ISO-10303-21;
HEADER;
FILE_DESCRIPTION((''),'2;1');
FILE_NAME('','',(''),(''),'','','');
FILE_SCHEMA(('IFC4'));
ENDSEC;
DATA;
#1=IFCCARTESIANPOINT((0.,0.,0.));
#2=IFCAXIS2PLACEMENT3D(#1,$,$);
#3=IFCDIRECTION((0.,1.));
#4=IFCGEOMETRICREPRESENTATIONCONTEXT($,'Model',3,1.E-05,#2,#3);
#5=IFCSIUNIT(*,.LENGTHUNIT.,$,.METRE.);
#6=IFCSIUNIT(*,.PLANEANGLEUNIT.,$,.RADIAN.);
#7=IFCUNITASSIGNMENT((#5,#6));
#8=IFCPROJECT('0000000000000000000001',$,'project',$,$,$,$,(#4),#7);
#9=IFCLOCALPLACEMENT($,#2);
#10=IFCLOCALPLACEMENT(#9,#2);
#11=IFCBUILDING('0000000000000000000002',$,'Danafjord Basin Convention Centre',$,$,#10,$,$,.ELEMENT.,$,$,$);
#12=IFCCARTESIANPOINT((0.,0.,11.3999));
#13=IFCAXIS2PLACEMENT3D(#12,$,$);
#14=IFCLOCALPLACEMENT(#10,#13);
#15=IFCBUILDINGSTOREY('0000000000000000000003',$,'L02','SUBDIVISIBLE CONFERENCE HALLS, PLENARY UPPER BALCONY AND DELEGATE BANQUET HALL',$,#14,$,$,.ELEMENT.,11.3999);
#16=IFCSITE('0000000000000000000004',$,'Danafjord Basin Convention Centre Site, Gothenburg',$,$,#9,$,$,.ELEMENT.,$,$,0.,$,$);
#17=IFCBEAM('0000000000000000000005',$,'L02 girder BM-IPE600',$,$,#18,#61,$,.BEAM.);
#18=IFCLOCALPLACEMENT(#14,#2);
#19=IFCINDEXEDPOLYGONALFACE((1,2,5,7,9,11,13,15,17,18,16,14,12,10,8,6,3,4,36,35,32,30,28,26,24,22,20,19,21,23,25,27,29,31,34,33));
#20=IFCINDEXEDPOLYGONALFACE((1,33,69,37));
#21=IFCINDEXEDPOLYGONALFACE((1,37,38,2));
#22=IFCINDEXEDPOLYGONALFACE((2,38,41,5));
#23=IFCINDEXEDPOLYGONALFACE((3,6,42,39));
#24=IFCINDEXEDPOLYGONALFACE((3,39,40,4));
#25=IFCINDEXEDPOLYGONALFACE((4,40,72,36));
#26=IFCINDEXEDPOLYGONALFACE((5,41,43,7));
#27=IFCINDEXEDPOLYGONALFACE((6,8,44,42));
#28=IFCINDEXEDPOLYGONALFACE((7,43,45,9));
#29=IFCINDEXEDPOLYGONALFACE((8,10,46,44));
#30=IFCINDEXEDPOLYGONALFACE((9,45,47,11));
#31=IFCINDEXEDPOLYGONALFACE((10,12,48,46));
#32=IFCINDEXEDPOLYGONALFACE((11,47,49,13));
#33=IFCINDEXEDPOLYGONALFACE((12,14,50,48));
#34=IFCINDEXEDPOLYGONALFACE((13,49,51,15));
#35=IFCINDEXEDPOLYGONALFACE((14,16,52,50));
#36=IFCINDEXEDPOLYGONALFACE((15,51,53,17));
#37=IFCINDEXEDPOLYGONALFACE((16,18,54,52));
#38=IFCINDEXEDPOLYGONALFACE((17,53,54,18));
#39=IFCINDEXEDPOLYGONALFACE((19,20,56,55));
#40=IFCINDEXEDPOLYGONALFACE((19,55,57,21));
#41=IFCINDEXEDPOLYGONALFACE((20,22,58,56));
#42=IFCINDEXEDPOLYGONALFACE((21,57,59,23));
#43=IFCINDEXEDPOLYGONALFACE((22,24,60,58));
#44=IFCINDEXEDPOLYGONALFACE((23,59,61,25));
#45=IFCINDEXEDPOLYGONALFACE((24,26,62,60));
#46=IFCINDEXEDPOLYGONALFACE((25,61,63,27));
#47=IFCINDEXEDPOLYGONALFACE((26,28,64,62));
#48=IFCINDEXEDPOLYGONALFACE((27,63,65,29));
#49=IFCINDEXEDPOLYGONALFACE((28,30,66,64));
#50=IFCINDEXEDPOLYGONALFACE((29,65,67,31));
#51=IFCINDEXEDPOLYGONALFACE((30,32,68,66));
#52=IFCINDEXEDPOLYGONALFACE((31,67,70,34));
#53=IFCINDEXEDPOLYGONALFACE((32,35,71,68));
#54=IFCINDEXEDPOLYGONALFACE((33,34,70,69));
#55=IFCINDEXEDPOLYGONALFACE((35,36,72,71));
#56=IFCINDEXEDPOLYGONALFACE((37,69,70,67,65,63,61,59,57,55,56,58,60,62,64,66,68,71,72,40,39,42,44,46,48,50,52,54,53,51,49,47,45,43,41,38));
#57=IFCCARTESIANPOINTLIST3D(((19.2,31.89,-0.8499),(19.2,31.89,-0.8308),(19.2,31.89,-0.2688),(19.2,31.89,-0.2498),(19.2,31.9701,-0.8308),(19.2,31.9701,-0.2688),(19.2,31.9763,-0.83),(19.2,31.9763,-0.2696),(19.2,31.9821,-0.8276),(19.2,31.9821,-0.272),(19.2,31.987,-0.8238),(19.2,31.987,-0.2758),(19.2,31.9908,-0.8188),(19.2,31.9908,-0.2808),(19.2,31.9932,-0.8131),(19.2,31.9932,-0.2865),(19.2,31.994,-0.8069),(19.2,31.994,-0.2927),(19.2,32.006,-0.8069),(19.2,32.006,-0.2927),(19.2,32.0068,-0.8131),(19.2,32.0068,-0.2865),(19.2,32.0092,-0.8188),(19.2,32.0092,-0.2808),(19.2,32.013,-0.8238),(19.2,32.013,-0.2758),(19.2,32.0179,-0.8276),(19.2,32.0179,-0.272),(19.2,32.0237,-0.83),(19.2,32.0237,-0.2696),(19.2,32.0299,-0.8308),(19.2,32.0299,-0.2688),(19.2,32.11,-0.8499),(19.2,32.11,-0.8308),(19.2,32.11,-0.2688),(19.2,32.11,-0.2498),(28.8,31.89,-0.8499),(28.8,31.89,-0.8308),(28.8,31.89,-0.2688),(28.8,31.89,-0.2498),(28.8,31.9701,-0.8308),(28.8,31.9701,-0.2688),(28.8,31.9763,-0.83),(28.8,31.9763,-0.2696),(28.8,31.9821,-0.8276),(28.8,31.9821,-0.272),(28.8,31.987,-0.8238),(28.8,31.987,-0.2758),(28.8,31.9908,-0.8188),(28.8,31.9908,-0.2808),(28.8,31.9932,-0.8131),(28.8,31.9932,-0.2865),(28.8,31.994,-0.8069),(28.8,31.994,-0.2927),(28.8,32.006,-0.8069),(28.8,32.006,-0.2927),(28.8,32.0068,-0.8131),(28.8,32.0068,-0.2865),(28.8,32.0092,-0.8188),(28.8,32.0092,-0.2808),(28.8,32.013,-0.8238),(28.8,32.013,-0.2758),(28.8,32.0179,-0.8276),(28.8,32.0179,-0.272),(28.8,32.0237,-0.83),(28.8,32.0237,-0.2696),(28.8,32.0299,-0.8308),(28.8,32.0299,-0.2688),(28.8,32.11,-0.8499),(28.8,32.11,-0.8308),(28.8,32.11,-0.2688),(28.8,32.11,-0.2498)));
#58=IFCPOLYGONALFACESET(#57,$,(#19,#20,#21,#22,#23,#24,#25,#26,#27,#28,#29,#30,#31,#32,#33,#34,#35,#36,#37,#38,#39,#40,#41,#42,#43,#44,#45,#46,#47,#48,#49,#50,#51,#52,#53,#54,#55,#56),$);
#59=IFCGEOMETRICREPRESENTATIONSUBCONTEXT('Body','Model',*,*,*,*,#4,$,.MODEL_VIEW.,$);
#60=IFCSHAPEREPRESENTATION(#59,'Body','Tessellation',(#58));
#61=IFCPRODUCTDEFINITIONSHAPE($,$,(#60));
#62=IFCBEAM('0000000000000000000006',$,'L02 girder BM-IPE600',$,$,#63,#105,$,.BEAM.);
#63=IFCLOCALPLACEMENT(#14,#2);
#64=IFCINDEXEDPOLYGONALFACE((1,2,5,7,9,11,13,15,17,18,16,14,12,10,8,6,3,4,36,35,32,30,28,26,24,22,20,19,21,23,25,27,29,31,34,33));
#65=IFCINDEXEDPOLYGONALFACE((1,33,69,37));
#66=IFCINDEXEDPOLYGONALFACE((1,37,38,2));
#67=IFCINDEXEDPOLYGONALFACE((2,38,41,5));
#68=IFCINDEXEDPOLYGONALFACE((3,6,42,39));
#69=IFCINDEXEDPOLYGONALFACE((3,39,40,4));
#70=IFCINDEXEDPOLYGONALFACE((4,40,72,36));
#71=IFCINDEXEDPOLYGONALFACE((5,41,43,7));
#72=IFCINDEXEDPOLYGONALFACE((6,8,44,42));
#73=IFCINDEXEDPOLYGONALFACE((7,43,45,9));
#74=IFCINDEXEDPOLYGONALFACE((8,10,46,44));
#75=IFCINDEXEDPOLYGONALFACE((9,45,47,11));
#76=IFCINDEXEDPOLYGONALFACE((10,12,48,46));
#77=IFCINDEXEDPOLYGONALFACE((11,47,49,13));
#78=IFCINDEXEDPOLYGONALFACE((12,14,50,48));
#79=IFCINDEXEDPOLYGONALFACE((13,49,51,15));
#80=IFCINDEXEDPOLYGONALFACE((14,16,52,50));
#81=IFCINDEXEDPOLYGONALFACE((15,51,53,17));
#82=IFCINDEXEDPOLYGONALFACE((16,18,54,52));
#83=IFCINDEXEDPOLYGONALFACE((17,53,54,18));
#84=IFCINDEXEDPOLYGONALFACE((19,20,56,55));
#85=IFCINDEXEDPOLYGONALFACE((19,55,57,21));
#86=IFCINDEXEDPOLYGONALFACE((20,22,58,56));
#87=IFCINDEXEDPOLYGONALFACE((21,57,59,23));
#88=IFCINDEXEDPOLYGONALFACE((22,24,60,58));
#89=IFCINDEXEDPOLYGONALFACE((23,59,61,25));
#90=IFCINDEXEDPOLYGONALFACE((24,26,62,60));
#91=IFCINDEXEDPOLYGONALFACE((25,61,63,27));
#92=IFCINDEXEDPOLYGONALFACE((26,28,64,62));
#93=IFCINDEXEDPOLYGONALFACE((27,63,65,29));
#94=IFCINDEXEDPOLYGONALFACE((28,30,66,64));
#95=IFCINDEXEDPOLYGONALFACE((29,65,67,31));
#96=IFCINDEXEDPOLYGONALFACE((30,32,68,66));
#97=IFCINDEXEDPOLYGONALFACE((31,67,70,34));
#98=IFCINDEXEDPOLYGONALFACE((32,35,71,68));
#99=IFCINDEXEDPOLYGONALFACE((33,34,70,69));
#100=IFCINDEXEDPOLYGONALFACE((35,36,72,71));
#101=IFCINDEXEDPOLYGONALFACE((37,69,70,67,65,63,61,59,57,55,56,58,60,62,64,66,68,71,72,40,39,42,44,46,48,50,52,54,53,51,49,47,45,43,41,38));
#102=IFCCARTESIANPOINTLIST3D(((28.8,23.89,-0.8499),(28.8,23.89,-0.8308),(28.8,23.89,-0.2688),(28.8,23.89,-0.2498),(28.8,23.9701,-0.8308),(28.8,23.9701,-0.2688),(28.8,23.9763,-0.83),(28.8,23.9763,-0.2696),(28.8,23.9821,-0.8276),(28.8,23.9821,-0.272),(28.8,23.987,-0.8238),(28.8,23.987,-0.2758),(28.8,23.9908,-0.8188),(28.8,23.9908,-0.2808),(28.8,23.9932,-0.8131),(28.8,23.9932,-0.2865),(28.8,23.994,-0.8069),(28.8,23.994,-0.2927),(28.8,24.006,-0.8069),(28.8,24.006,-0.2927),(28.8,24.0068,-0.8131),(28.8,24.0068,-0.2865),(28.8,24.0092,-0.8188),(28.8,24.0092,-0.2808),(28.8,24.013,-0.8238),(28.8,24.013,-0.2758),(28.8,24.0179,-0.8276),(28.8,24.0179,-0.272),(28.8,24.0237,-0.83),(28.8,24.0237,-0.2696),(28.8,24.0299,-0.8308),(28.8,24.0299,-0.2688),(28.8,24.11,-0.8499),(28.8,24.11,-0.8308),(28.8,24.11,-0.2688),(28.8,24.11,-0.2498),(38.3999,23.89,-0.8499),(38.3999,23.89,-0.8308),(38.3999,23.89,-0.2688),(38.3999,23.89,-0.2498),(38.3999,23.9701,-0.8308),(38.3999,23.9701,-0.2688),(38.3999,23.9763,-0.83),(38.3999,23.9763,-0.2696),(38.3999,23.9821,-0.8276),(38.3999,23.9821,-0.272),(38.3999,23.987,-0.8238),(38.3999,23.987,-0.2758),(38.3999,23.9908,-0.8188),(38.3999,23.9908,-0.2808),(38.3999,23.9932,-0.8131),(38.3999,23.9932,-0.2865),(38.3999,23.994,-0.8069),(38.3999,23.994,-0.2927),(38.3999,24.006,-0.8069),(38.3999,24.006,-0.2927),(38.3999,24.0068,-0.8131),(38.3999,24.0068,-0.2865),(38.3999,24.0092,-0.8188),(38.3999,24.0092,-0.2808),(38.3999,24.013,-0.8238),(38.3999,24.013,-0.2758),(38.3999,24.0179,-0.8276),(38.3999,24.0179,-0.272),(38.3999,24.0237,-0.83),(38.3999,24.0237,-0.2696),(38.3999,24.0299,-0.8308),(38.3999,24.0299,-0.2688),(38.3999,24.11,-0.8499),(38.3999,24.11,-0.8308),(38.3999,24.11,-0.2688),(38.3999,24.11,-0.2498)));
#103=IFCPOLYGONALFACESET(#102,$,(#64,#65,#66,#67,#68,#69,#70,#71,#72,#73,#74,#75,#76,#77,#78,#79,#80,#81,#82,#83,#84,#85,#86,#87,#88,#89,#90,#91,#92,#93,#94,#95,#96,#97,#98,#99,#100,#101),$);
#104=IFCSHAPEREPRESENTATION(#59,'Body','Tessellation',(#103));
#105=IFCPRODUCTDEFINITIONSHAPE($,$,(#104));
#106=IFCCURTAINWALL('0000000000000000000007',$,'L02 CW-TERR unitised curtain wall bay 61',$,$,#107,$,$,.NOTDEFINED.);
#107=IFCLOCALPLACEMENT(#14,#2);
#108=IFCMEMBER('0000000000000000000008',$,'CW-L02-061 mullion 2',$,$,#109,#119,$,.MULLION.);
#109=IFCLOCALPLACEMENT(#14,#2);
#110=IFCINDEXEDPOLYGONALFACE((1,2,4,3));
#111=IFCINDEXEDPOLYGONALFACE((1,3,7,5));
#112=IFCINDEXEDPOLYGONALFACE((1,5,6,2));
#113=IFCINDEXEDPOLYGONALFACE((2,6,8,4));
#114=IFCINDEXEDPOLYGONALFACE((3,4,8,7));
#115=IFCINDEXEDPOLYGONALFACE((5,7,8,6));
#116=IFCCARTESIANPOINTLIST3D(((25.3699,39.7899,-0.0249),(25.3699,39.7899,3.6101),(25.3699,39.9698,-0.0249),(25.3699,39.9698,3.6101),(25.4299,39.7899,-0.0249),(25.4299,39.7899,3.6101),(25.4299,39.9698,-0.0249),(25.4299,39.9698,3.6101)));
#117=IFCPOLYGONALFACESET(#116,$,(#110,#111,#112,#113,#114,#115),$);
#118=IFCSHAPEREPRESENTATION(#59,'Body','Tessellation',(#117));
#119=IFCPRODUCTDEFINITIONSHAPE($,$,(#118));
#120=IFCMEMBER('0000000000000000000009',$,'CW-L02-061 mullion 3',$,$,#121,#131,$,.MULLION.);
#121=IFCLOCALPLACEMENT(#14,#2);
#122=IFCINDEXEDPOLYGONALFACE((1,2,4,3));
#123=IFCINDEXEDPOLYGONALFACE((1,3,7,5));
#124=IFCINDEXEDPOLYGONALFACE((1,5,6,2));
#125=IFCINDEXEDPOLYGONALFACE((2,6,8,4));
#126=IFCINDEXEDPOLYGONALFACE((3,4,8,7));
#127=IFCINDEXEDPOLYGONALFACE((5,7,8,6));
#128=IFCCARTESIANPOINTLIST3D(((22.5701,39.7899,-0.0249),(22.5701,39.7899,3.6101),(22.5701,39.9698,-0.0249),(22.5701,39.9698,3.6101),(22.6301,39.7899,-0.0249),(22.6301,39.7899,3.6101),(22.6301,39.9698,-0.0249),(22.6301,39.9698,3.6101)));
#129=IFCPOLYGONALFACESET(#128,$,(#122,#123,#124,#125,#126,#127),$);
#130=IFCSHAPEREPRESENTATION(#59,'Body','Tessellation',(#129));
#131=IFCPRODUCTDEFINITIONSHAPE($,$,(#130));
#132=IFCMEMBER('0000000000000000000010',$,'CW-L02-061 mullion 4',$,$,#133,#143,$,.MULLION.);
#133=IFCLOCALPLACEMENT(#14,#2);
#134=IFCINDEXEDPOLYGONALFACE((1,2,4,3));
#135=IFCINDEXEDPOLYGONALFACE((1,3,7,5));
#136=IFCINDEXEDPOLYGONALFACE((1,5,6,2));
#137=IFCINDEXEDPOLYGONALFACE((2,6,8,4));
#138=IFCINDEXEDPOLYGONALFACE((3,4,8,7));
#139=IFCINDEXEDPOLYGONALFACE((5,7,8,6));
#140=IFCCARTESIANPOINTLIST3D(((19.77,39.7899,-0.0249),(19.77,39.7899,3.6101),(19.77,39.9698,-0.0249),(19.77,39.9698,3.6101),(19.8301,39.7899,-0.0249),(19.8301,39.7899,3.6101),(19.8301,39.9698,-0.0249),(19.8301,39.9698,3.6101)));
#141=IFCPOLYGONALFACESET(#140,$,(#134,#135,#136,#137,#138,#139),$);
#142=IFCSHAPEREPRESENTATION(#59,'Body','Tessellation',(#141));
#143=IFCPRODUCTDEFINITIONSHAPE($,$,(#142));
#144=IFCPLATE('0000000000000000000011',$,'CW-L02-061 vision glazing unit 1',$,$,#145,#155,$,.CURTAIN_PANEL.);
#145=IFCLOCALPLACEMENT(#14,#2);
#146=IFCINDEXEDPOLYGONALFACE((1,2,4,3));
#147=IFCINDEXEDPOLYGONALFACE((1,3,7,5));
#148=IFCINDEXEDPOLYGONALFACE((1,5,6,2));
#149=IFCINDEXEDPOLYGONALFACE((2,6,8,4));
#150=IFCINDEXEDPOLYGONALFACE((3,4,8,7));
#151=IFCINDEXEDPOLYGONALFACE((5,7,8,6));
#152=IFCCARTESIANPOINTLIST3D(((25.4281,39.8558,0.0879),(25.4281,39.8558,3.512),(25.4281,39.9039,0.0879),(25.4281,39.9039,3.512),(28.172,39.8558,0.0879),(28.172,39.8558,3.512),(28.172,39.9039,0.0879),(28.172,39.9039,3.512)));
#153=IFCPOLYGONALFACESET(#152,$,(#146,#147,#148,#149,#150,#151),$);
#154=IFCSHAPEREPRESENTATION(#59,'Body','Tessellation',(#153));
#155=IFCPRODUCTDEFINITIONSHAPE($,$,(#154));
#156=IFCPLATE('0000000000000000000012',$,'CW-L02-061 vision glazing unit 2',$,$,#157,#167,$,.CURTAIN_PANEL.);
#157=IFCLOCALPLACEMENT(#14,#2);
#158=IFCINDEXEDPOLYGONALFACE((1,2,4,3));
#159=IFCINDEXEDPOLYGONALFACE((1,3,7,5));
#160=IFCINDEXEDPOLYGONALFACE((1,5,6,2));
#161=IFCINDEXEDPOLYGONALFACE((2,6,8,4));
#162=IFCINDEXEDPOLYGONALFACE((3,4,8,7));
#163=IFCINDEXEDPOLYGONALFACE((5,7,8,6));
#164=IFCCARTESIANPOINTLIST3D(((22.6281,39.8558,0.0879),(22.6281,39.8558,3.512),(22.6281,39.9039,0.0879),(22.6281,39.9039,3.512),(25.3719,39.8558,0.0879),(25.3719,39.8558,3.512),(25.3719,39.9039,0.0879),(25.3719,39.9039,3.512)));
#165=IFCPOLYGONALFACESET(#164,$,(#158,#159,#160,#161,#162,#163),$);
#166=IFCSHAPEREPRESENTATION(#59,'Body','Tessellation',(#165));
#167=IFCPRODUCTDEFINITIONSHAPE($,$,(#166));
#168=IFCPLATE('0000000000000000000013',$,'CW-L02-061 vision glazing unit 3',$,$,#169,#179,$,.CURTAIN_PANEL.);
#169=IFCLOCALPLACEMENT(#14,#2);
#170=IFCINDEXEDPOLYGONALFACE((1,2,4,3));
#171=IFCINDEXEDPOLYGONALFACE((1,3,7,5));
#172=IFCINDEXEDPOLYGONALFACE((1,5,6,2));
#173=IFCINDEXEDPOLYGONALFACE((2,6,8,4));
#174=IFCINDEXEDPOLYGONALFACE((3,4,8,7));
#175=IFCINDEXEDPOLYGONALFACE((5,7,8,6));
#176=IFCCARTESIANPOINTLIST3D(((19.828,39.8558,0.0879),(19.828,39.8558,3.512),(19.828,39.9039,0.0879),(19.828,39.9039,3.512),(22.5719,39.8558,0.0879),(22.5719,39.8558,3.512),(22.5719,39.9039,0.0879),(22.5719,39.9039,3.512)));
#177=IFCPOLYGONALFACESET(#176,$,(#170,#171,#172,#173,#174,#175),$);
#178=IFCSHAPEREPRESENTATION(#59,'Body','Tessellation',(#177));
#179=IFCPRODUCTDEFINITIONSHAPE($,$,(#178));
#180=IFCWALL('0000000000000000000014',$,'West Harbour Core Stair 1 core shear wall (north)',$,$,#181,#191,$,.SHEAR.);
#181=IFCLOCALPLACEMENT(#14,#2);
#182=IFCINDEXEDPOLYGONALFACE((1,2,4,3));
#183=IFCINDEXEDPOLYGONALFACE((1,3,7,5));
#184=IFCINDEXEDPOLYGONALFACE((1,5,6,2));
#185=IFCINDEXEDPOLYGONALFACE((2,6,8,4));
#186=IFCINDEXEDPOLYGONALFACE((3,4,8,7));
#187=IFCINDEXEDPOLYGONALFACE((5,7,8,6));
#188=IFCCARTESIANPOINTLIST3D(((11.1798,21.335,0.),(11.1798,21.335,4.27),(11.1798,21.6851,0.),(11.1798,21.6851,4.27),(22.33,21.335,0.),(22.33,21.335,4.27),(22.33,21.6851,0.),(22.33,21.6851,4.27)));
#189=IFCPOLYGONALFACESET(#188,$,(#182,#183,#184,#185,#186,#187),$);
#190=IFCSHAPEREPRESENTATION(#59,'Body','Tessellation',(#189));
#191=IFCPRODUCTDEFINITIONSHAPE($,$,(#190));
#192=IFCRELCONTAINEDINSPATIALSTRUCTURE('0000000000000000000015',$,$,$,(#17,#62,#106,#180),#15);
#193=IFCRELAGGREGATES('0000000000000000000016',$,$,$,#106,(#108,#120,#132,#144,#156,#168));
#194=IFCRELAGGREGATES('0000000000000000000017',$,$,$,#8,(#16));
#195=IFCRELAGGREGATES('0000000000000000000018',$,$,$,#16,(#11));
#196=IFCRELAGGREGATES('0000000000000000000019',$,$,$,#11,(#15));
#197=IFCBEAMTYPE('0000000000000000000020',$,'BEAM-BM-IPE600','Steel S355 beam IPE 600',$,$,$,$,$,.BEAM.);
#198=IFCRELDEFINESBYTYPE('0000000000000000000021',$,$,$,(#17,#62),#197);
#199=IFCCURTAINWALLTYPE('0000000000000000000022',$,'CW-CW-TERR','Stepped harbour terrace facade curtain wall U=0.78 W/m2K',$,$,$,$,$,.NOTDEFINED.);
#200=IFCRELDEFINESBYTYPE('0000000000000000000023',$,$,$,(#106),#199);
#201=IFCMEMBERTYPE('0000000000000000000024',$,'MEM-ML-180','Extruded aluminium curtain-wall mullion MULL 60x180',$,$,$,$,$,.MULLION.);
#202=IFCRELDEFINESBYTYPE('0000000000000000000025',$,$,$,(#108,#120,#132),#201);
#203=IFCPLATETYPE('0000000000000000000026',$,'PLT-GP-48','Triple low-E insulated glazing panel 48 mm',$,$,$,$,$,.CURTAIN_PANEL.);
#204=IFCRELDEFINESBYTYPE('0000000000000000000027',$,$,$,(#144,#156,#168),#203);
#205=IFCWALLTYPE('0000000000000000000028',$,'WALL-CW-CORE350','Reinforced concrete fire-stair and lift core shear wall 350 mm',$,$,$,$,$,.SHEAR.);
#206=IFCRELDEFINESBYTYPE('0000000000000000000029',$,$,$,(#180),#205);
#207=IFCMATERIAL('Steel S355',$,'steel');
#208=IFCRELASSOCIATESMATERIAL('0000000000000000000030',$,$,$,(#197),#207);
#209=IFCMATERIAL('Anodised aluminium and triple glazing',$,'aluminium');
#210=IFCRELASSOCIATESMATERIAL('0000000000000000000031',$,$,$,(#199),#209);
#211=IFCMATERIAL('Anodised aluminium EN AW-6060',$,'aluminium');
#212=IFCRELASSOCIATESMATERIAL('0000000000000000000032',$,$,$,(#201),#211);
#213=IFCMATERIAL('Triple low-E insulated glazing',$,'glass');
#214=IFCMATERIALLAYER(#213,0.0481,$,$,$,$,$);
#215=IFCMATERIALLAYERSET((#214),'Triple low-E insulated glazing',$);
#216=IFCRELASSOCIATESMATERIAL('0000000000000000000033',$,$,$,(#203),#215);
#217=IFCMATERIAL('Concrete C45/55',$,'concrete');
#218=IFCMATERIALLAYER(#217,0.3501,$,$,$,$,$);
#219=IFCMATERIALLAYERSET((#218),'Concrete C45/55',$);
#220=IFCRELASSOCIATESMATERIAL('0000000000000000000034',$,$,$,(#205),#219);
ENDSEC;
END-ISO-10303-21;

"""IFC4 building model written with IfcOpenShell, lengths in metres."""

from ifc_helpers import new_model, si_unit, direction, frame, frame_2d, origin, origin_2d, place, context, subcontext, project, spatial, rectangle, i_section, extrude, material, layer, layer_set, material_profile, profile_set, type_object, element, aggregate, save


model = new_model("IFC4")

# Units and contexts
model_context = context("Model", 3, precision=1e-05, world=origin(), true_north=direction((0.0, 1.0)))
body_context = subcontext(model_context, "Body", "Model", "MODEL_VIEW")
ifc_project = project(units=[si_unit("LENGTHUNIT", "METRE"), si_unit("PLANEANGLEUNIT", "RADIAN")], contexts=[model_context])

# Site, building, storey
site_placement = place(None, origin())
site = spatial("IfcSite", under=ifc_project, at=site_placement, Name="Danafjord Basin Convention Centre Site, Gothenburg", CompositionType="ELEMENT", RefElevation=0.0)
building_placement = place(site_placement, origin())
building = spatial("IfcBuilding", under=site, at=building_placement, Name="Danafjord Basin Convention Centre", CompositionType="ELEMENT")
storey_placement = place(building_placement, frame((0.0, 0.0, 11.3999)))
storey = spatial("IfcBuildingStorey", under=building, at=storey_placement, Name="L02", Description="SUBDIVISIBLE CONFERENCE HALLS, PLENARY UPPER BALCONY AND DELEGATE BANQUET HALL", CompositionType="ELEMENT", Elevation=11.3999)

# Shared definitions
ifc_material_1 = material(Name="Steel S355", Category="steel")

# Beams
ifc_material_profile_1 = material_profile(ifc_material_1, i_section(OverallWidth=0.22, OverallDepth=0.6001, WebThickness=0.012, FlangeThickness=0.019, FilletRadius=0.0239, at=origin_2d()), Name="IPE 600")
ifc_profile_set_1 = profile_set([ifc_material_profile_1], Name="Steel S355")
beam_type_1 = type_object("IfcBeamType", Name="BEAM-BM-IPE600", Description="Steel S355 beam IPE 600", PredefinedType="BEAM", material=ifc_profile_set_1)
beam_1_placement = place(storey_placement, frame((19.2, 32.0, -0.5498), z_axis=(1.0, 0.0, 0.0), x_axis=(0.0, 1.0, 0.0)))
element("IfcBeam", 1, at=beam_1_placement, inside=storey, type_object=beam_type_1, Name="L02 girder BM-IPE600", PredefinedType="BEAM", context=body_context, shape_type="SweptSolid", body=[
    extrude(i_section(OverallWidth=0.22, OverallDepth=0.6001, WebThickness=0.012, FlangeThickness=0.019, FilletRadius=0.0239, at=origin_2d()), origin(), (0.0, 0.0, 1.0), 9.6001),
])
beam_2_placement = place(storey_placement, frame((28.8, 24.0, -0.5498), z_axis=(1.0, 0.0, 0.0), x_axis=(0.0, 1.0, 0.0)))
element("IfcBeam", 2, at=beam_2_placement, inside=storey, type_object=beam_type_1, Name="L02 girder BM-IPE600", PredefinedType="BEAM", context=body_context, shape_type="SweptSolid", body=[
    extrude(i_section(OverallWidth=0.22, OverallDepth=0.6001, WebThickness=0.012, FlangeThickness=0.019, FilletRadius=0.0239, at=origin_2d()), origin(), (0.0, 0.0, 1.0), 9.5999),
])

# Curtain wall, members, plates
ifc_material_2 = material(Name="Anodised aluminium and triple glazing", Category="aluminium")
curtain_wall_type = type_object("IfcCurtainWallType", Name="CW-CW-TERR", Description="Stepped harbour terrace facade curtain wall U=0.78 W/m2K", PredefinedType="NOTDEFINED", material=ifc_material_2)
curtain_wall_placement = place(storey_placement, origin())
curtain_wall = element("IfcCurtainWall", 3, at=curtain_wall_placement, inside=storey, type_object=curtain_wall_type, Name="L02 CW-TERR unitised curtain wall bay 61", PredefinedType="NOTDEFINED")
ifc_material_3 = material(Name="Anodised aluminium EN AW-6060", Category="aluminium")
ifc_material_profile_2 = material_profile(ifc_material_3, rectangle(XDim=0.0601, YDim=0.1799, at=origin_2d()), Name="MULL 60x180")
ifc_profile_set_2 = profile_set([ifc_material_profile_2], Name="Anodised aluminium EN AW-6060")
member_type = type_object("IfcMemberType", Name="MEM-ML-180", Description="Extruded aluminium curtain-wall mullion MULL 60x180", PredefinedType="MULLION", material=ifc_profile_set_2)
member_1_placement = place(storey_placement, frame((25.3999, 39.8799, -0.0249), z_axis=(0.0, 0.0, 1.0), x_axis=(-1.0, 0.0, 0.0)))
member_1 = element("IfcMember", 4, at=member_1_placement, type_object=member_type, Name="CW-L02-061 mullion 2", PredefinedType="MULLION", context=body_context, shape_type="SweptSolid", body=[
    extrude(rectangle(XDim=0.0601, YDim=0.1799, at=origin_2d()), origin(), (0.0, 0.0, 1.0), 3.635),
])
member_2_placement = place(storey_placement, frame((22.6001, 39.8799, -0.0249), z_axis=(0.0, 0.0, 1.0), x_axis=(-1.0, 0.0, 0.0)))
member_2 = element("IfcMember", 5, at=member_2_placement, type_object=member_type, Name="CW-L02-061 mullion 3", PredefinedType="MULLION", context=body_context, shape_type="SweptSolid", body=[
    extrude(rectangle(XDim=0.0601, YDim=0.1799, at=origin_2d()), origin(), (0.0, 0.0, 1.0), 3.635),
])
member_3_placement = place(storey_placement, frame((19.8, 39.8799, -0.0249), z_axis=(0.0, 0.0, 1.0), x_axis=(-1.0, 0.0, 0.0)))
member_3 = element("IfcMember", 6, at=member_3_placement, type_object=member_type, Name="CW-L02-061 mullion 4", PredefinedType="MULLION", context=body_context, shape_type="SweptSolid", body=[
    extrude(rectangle(XDim=0.0601, YDim=0.1799, at=origin_2d()), origin(), (0.0, 0.0, 1.0), 3.635),
])
ifc_material_4 = material(Name="Triple low-E insulated glazing", Category="glass")
ifc_layer_1 = layer(ifc_material_4, 0.0481)
ifc_layer_set_1 = layer_set([ifc_layer_1], Name="Triple low-E insulated glazing")
plate_type = type_object("IfcPlateType", Name="PLT-GP-48", Description="Triple low-E insulated glazing panel 48 mm", PredefinedType="CURTAIN_PANEL", material=ifc_layer_set_1)
plate_1_placement = place(storey_placement, frame((26.8, 39.8799, 0.0879), z_axis=(0.0, 0.0, 1.0), x_axis=(-1.0, 0.0, 0.0)))
plate_1 = element("IfcPlate", 7, at=plate_1_placement, type_object=plate_type, Name="CW-L02-061 vision glazing unit 1", PredefinedType="CURTAIN_PANEL", context=body_context, shape_type="SweptSolid", body=[
    extrude(rectangle(XDim=2.7439, YDim=0.0481, at=origin_2d()), origin(), (0.0, 0.0, 1.0), 3.4241),
])
plate_2_placement = place(storey_placement, frame((24.0, 39.8799, 0.0879), z_axis=(0.0, 0.0, 1.0), x_axis=(-1.0, 0.0, 0.0)))
plate_2 = element("IfcPlate", 8, at=plate_2_placement, type_object=plate_type, Name="CW-L02-061 vision glazing unit 2", PredefinedType="CURTAIN_PANEL", context=body_context, shape_type="SweptSolid", body=[
    extrude(rectangle(XDim=2.7439, YDim=0.0481, at=origin_2d()), origin(), (0.0, 0.0, 1.0), 3.4241),
])
plate_3_placement = place(storey_placement, frame((21.2, 39.8799, 0.0879), z_axis=(0.0, 0.0, 1.0), x_axis=(-1.0, 0.0, 0.0)))
plate_3 = element("IfcPlate", 9, at=plate_3_placement, type_object=plate_type, Name="CW-L02-061 vision glazing unit 3", PredefinedType="CURTAIN_PANEL", context=body_context, shape_type="SweptSolid", body=[
    extrude(rectangle(XDim=2.7439, YDim=0.0481, at=origin_2d()), origin(), (0.0, 0.0, 1.0), 3.4241),
])
aggregate(curtain_wall, [member_1, member_2, member_3, plate_1, plate_2, plate_3])

# Wall
ifc_material_5 = material(Name="Concrete C45/55", Category="concrete")
ifc_layer_2 = layer(ifc_material_5, 0.3501)
ifc_layer_set_2 = layer_set([ifc_layer_2], Name="Concrete C45/55")
wall_type_1 = type_object("IfcWallType", Name="WALL-CW-CORE350", Description="Reinforced concrete fire-stair and lift core shear wall 350 mm", PredefinedType="SHEAR", material=ifc_layer_set_2)
wall_1_placement = place(storey_placement, frame((22.3301, 21.51, 0.0), z_axis=(0.0, 0.0, 1.0), x_axis=(-1.0, 0.0, 0.0)))
element("IfcWall", 10, at=wall_1_placement, inside=storey, type_object=wall_type_1, Name="West Harbour Core Stair 1 core shear wall (north)", PredefinedType="SHEAR", context=body_context, shape_type="SweptSolid", body=[
    extrude(rectangle(XDim=11.1501, YDim=0.3501, at=frame_2d((5.5752, 0.0))), origin(), (0.0, 0.0, 1.0), 4.27),
])

save(model, "model.ifc")
